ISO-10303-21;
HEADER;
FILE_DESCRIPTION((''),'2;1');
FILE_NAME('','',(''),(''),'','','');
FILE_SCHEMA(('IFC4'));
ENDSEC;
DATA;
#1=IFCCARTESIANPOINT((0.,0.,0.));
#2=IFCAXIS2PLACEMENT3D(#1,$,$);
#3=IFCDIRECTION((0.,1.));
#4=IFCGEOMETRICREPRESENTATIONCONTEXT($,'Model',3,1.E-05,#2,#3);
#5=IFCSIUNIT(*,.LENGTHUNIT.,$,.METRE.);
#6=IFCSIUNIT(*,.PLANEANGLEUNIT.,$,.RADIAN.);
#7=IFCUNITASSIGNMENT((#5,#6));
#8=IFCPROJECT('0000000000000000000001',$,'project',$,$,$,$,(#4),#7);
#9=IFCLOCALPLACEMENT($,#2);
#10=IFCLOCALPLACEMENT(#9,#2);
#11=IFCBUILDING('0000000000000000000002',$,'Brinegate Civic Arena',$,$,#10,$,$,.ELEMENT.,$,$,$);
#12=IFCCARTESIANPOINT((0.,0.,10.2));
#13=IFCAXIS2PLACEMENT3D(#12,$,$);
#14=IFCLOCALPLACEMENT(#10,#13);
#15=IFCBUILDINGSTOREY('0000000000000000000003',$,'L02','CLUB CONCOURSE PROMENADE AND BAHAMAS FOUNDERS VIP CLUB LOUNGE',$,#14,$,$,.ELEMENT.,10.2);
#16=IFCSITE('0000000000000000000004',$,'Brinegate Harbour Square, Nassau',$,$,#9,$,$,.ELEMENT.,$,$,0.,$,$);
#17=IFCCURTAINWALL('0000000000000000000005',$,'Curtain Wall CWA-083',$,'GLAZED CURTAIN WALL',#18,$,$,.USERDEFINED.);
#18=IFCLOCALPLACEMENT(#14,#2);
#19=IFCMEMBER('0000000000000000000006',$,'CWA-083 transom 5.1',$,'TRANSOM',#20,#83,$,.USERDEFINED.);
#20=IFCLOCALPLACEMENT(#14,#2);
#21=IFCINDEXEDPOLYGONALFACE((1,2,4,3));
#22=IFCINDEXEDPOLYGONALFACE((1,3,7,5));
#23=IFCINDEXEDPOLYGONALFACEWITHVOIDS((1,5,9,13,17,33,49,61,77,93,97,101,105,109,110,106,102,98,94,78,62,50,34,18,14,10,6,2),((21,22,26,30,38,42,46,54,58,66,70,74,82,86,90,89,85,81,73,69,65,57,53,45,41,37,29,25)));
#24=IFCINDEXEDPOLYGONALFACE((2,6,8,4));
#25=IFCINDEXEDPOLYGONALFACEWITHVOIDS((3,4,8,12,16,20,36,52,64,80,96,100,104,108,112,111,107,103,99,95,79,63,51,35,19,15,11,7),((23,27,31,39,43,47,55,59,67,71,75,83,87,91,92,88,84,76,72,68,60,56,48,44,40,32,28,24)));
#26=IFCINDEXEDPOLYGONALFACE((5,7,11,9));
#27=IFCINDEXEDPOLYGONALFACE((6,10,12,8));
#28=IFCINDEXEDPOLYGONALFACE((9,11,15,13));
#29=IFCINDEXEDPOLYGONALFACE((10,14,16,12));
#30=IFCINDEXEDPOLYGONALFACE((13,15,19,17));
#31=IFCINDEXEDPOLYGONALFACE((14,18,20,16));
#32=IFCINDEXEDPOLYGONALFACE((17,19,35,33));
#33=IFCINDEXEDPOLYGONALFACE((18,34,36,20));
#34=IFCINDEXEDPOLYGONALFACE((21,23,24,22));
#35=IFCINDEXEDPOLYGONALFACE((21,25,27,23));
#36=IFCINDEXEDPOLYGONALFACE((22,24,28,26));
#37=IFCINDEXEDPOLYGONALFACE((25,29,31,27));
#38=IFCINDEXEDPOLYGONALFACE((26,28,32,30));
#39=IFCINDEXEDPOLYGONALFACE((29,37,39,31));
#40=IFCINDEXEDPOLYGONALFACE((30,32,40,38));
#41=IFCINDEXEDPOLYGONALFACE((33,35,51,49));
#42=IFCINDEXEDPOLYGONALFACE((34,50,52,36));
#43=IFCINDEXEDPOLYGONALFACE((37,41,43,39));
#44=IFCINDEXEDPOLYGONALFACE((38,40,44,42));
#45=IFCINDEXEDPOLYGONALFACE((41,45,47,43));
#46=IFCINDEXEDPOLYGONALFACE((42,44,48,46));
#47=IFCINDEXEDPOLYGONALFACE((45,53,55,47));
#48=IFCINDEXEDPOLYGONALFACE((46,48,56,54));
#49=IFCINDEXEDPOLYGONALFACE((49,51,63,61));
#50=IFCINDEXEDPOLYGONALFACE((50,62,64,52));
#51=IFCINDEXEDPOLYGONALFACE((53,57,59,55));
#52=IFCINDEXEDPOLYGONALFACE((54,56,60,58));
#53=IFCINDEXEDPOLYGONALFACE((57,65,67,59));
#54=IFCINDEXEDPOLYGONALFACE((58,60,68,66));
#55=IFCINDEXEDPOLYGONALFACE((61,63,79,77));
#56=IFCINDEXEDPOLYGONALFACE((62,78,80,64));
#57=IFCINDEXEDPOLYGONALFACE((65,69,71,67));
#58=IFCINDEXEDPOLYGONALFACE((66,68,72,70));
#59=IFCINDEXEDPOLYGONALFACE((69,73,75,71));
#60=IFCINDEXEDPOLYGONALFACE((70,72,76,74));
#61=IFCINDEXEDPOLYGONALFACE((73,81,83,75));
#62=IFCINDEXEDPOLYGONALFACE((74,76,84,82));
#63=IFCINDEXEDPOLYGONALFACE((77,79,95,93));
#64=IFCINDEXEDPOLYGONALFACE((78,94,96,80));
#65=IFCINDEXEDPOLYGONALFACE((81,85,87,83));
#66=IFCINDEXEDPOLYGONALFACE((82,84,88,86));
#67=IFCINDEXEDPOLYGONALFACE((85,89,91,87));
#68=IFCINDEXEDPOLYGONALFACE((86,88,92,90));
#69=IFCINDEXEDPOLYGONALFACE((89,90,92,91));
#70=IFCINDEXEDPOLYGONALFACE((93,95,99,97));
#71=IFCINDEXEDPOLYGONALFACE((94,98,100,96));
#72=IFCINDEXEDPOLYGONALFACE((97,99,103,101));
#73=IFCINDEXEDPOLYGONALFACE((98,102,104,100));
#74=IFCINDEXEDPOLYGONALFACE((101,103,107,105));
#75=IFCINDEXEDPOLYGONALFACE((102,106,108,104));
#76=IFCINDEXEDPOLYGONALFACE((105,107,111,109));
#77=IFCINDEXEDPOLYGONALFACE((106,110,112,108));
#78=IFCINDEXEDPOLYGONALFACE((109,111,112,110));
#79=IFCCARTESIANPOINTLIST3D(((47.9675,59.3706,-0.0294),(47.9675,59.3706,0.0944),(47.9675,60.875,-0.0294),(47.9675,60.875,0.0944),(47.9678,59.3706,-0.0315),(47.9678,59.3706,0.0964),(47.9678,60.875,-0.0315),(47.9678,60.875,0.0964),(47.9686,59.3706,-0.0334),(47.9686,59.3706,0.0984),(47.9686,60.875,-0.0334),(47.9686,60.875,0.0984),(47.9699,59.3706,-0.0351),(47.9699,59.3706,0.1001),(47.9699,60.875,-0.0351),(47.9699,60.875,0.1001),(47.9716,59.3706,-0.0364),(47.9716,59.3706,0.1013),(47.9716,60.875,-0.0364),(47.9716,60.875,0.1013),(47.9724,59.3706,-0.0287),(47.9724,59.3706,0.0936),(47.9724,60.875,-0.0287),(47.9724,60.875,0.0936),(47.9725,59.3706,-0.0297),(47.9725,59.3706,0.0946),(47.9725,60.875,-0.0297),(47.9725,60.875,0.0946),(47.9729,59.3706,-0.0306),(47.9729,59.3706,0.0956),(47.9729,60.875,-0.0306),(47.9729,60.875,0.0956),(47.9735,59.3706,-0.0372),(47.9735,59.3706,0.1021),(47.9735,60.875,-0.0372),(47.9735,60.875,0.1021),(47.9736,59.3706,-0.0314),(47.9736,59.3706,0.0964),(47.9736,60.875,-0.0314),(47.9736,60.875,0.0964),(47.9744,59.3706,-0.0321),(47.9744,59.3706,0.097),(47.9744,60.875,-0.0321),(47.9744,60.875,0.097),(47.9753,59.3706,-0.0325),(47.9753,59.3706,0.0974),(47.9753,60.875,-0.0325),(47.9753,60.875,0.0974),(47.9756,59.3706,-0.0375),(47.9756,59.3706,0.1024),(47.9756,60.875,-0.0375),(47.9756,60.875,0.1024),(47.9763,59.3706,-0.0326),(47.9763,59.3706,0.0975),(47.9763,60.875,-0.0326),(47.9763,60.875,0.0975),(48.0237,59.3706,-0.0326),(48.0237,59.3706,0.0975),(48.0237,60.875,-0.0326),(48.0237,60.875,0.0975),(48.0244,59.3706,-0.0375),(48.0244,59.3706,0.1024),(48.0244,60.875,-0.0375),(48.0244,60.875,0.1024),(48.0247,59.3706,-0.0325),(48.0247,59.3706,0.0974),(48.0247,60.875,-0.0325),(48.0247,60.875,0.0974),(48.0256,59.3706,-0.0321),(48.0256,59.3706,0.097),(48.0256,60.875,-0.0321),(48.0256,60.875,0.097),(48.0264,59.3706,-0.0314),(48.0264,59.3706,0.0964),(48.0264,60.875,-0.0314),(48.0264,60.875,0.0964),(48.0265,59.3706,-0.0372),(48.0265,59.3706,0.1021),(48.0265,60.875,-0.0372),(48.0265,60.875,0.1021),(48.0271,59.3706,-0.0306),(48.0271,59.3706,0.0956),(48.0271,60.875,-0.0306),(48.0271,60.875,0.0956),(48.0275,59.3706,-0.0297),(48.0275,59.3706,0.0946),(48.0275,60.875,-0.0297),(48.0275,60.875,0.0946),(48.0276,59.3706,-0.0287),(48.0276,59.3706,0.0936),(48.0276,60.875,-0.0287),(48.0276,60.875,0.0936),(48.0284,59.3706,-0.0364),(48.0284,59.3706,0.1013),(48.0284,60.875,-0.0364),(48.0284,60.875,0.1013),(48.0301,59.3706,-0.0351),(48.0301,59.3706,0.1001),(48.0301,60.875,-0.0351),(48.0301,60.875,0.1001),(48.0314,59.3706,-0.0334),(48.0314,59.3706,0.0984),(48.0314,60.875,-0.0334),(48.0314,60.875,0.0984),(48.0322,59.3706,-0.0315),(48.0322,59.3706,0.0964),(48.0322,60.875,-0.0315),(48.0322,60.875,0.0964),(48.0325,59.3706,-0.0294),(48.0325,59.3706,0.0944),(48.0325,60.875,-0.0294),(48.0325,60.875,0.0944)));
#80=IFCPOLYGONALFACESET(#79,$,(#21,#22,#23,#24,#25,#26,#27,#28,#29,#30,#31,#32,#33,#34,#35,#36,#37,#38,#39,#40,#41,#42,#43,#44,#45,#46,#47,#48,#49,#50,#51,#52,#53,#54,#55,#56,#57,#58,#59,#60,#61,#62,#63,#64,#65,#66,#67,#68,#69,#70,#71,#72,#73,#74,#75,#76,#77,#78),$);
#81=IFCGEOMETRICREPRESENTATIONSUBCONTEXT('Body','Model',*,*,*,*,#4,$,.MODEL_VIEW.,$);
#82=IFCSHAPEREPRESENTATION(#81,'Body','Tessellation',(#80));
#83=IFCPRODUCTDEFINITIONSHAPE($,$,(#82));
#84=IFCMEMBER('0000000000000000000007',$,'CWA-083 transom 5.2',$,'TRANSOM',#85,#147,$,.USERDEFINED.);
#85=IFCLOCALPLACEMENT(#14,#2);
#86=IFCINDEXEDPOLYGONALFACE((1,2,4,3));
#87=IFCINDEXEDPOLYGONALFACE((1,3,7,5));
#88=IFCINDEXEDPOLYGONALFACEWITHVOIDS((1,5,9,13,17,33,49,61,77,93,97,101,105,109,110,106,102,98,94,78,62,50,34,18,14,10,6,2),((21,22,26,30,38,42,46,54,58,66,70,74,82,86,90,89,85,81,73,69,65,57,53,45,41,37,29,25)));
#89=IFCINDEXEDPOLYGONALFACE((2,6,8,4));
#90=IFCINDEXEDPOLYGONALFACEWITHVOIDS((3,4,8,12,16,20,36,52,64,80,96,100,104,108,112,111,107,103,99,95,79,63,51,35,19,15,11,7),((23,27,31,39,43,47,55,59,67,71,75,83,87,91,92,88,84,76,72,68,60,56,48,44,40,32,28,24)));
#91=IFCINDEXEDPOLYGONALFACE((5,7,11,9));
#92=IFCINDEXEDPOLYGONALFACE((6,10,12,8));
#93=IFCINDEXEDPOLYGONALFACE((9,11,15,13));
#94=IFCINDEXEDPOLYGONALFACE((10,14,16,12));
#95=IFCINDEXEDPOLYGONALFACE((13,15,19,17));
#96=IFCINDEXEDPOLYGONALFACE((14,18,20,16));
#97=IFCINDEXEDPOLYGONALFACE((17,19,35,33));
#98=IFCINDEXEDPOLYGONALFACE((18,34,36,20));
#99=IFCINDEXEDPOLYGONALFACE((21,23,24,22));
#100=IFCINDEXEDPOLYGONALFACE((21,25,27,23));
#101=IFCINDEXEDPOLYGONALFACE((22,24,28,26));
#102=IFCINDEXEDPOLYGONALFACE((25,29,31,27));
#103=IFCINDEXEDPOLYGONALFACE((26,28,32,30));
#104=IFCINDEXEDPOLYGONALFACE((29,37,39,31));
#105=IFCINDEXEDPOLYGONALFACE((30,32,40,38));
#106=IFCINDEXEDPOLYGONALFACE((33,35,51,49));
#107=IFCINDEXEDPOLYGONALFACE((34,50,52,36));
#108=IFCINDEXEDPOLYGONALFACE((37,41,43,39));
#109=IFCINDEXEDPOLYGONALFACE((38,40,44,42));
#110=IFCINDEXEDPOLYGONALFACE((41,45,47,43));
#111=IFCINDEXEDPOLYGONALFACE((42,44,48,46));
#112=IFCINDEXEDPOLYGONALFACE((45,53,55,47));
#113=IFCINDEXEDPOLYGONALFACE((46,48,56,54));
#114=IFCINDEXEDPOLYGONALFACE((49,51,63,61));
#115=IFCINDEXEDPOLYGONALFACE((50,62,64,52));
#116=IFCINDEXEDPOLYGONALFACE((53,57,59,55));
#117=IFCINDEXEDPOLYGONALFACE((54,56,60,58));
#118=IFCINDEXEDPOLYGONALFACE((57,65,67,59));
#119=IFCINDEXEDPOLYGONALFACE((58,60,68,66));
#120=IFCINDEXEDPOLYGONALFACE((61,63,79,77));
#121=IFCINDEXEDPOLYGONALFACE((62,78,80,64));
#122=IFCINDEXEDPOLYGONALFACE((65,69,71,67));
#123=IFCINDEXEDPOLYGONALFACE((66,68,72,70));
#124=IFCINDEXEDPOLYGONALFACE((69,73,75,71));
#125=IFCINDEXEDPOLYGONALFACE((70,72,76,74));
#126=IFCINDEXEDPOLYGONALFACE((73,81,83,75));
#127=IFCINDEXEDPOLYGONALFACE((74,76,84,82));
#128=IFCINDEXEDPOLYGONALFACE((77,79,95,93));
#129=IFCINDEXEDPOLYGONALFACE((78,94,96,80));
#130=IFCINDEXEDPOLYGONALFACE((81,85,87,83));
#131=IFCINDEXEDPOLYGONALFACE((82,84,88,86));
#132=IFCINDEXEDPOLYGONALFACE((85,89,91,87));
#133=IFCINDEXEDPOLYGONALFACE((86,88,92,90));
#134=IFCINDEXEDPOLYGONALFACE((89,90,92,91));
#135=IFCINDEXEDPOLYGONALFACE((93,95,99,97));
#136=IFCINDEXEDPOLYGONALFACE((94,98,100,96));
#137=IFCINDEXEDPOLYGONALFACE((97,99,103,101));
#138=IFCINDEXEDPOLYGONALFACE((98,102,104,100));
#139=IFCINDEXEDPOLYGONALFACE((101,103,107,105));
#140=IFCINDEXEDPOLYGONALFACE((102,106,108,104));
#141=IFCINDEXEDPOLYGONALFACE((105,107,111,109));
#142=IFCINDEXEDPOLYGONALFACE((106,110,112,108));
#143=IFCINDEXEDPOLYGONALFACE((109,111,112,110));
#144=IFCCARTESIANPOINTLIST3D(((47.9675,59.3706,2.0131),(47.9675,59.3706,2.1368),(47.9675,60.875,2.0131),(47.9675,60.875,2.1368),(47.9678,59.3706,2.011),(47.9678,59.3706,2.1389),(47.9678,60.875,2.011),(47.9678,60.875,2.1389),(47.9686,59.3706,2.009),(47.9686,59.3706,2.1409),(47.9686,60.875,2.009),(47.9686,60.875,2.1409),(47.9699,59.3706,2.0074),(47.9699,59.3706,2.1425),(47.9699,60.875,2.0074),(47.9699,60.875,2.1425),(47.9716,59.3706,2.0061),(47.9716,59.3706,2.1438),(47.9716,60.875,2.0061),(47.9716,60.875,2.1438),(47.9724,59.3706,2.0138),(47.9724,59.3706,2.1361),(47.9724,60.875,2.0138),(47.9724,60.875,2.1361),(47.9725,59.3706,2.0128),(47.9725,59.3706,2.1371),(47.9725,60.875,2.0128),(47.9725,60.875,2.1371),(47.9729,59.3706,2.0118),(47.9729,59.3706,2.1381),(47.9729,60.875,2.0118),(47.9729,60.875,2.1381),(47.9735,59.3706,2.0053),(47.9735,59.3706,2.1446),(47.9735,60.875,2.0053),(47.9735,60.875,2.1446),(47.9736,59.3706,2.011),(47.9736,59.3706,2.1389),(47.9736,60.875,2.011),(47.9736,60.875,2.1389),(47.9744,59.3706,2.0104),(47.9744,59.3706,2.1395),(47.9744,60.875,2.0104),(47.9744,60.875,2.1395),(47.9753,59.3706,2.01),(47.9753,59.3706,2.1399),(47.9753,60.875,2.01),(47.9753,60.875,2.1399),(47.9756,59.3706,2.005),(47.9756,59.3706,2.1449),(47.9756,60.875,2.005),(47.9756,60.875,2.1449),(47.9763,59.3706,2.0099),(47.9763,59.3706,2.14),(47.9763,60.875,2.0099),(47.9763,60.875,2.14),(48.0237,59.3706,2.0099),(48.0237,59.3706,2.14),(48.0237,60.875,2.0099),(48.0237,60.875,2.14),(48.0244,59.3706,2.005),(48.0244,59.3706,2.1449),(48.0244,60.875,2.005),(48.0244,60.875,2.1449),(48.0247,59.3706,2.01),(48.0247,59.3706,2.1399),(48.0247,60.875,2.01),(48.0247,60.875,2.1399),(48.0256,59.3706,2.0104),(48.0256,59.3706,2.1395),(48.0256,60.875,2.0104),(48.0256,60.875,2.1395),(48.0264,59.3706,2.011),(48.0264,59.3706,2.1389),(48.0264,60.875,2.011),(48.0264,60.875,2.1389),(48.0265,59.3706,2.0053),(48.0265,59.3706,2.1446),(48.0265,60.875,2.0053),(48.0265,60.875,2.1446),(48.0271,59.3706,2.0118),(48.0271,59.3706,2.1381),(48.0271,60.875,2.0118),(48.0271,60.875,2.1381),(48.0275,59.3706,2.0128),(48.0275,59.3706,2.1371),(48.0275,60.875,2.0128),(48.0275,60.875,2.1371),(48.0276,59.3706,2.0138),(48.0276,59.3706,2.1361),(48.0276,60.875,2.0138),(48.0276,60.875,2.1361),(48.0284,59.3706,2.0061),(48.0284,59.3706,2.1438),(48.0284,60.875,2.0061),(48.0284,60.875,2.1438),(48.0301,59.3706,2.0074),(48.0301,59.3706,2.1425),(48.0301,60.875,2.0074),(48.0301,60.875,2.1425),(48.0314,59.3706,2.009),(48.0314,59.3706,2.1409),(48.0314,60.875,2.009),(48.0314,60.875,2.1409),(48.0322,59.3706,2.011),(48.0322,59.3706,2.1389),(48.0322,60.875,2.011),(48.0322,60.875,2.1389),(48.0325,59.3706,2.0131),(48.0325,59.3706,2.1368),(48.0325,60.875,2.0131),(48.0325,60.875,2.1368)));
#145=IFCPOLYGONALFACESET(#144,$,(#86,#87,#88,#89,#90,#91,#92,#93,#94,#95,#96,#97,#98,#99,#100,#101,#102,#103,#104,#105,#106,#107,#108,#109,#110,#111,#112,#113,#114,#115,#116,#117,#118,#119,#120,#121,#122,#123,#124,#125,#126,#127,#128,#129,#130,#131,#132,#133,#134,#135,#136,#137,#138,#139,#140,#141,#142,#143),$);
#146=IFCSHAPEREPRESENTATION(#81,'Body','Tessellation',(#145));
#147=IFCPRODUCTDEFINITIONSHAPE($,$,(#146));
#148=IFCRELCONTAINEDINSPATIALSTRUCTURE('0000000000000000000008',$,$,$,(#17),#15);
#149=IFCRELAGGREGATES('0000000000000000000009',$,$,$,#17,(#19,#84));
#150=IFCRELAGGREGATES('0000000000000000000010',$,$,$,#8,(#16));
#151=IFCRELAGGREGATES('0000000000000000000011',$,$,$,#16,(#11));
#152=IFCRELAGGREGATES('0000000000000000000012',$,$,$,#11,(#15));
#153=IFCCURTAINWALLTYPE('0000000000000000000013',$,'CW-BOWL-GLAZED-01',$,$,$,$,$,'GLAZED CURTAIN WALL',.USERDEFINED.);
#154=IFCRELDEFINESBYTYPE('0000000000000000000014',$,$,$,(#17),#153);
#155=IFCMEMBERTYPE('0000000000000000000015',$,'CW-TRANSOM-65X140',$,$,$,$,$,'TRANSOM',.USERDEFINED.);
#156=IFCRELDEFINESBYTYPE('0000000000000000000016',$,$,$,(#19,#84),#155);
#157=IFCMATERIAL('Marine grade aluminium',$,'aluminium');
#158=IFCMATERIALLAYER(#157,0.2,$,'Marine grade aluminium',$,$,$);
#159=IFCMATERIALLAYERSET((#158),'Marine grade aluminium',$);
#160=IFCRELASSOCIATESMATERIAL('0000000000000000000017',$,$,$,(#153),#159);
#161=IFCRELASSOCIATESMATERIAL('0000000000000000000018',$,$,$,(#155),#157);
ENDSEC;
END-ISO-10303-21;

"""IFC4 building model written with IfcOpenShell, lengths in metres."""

from ifc_helpers import new_model, si_unit, direction, frame, origin, origin_2d, place, context, subcontext, project, spatial, hollow_rectangle, extrude, material, layer, layer_set, material_profile, profile_set, type_object, element, aggregate, save


model = new_model("IFC4")

# Units and contexts
model_context = context("Model", 3, precision=1e-05, world=origin(), true_north=direction((0.0, 1.0)))
body_context = subcontext(model_context, "Body", "Model", "MODEL_VIEW")
ifc_project = project(units=[si_unit("LENGTHUNIT", "METRE"), si_unit("PLANEANGLEUNIT", "RADIAN")], contexts=[model_context])

# Site, building, storey
site_placement = place(None, origin())
site = spatial("IfcSite", under=ifc_project, at=site_placement, Name="Brinegate Harbour Square, Nassau", CompositionType="ELEMENT", RefElevation=0.0)
building_placement = place(site_placement, origin())
building = spatial("IfcBuilding", under=site, at=building_placement, Name="Brinegate Civic Arena", CompositionType="ELEMENT")
storey_placement = place(building_placement, frame((0.0, 0.0, 10.2)))
storey = spatial("IfcBuildingStorey", under=building, at=storey_placement, Name="L02", Description="CLUB CONCOURSE PROMENADE AND BAHAMAS FOUNDERS VIP CLUB LOUNGE", CompositionType="ELEMENT", Elevation=10.2)

# Curtain wall, members
ifc_material_1 = material(Name="Marine grade aluminium", Category="aluminium")
ifc_layer_1 = layer(ifc_material_1, 0.2, Name="Marine grade aluminium")
ifc_layer_set_1 = layer_set([ifc_layer_1], Name="Marine grade aluminium")
curtain_wall_type = type_object("IfcCurtainWallType", Name="CW-BOWL-GLAZED-01", ElementType="GLAZED CURTAIN WALL", PredefinedType="USERDEFINED", material=ifc_layer_set_1)
curtain_wall_1_placement = place(storey_placement, origin())
curtain_wall_1 = element("IfcCurtainWall", 1, at=curtain_wall_1_placement, inside=storey, type_object=curtain_wall_type, Name="Curtain Wall CWA-083", ObjectType="GLAZED CURTAIN WALL", PredefinedType="USERDEFINED")
ifc_material_profile_1 = material_profile(ifc_material_1, hollow_rectangle(XDim=0.0649, YDim=0.1399, WallThickness=0.0049, InnerFilletRadius=0.0039, OuterFilletRadius=0.0081, at=origin_2d()), Name="TRN65X140")
ifc_profile_set_1 = profile_set([ifc_material_profile_1], Name="Marine grade aluminium")
member_type_1 = type_object("IfcMemberType", Name="CW-TRANSOM-65X140", ElementType="TRANSOM", PredefinedType="USERDEFINED", material=ifc_profile_set_1)
member_1_placement = place(storey_placement, frame((48.0, 59.3706, 0.0325), z_axis=(0.0, 1.0, 0.0), x_axis=(-1.0, 0.0, 0.0)))
member_1 = element("IfcMember", 2, at=member_1_placement, type_object=member_type_1, Name="CWA-083 transom 5.1", ObjectType="TRANSOM", PredefinedType="USERDEFINED", context=body_context, shape_type="SweptSolid", body=[
    extrude(hollow_rectangle(XDim=0.0649, YDim=0.1399, WallThickness=0.0049, InnerFilletRadius=0.0039, OuterFilletRadius=0.0081, at=origin_2d()), origin(), (0.0, 0.0, 1.0), 1.5044),
])
member_2_placement = place(storey_placement, frame((48.0, 59.3706, 2.075), z_axis=(0.0, 1.0, 0.0), x_axis=(-1.0, 0.0, 0.0)))
member_2 = element("IfcMember", 3, at=member_2_placement, type_object=member_type_1, Name="CWA-083 transom 5.2", ObjectType="TRANSOM", PredefinedType="USERDEFINED", context=body_context, shape_type="SweptSolid", body=[
    extrude(hollow_rectangle(XDim=0.0649, YDim=0.1399, WallThickness=0.0049, InnerFilletRadius=0.0039, OuterFilletRadius=0.0081, at=origin_2d()), origin(), (0.0, 0.0, 1.0), 1.5044),
])

aggregate(curtain_wall_1, [member_1, member_2])

save(model, "model.ifc")
